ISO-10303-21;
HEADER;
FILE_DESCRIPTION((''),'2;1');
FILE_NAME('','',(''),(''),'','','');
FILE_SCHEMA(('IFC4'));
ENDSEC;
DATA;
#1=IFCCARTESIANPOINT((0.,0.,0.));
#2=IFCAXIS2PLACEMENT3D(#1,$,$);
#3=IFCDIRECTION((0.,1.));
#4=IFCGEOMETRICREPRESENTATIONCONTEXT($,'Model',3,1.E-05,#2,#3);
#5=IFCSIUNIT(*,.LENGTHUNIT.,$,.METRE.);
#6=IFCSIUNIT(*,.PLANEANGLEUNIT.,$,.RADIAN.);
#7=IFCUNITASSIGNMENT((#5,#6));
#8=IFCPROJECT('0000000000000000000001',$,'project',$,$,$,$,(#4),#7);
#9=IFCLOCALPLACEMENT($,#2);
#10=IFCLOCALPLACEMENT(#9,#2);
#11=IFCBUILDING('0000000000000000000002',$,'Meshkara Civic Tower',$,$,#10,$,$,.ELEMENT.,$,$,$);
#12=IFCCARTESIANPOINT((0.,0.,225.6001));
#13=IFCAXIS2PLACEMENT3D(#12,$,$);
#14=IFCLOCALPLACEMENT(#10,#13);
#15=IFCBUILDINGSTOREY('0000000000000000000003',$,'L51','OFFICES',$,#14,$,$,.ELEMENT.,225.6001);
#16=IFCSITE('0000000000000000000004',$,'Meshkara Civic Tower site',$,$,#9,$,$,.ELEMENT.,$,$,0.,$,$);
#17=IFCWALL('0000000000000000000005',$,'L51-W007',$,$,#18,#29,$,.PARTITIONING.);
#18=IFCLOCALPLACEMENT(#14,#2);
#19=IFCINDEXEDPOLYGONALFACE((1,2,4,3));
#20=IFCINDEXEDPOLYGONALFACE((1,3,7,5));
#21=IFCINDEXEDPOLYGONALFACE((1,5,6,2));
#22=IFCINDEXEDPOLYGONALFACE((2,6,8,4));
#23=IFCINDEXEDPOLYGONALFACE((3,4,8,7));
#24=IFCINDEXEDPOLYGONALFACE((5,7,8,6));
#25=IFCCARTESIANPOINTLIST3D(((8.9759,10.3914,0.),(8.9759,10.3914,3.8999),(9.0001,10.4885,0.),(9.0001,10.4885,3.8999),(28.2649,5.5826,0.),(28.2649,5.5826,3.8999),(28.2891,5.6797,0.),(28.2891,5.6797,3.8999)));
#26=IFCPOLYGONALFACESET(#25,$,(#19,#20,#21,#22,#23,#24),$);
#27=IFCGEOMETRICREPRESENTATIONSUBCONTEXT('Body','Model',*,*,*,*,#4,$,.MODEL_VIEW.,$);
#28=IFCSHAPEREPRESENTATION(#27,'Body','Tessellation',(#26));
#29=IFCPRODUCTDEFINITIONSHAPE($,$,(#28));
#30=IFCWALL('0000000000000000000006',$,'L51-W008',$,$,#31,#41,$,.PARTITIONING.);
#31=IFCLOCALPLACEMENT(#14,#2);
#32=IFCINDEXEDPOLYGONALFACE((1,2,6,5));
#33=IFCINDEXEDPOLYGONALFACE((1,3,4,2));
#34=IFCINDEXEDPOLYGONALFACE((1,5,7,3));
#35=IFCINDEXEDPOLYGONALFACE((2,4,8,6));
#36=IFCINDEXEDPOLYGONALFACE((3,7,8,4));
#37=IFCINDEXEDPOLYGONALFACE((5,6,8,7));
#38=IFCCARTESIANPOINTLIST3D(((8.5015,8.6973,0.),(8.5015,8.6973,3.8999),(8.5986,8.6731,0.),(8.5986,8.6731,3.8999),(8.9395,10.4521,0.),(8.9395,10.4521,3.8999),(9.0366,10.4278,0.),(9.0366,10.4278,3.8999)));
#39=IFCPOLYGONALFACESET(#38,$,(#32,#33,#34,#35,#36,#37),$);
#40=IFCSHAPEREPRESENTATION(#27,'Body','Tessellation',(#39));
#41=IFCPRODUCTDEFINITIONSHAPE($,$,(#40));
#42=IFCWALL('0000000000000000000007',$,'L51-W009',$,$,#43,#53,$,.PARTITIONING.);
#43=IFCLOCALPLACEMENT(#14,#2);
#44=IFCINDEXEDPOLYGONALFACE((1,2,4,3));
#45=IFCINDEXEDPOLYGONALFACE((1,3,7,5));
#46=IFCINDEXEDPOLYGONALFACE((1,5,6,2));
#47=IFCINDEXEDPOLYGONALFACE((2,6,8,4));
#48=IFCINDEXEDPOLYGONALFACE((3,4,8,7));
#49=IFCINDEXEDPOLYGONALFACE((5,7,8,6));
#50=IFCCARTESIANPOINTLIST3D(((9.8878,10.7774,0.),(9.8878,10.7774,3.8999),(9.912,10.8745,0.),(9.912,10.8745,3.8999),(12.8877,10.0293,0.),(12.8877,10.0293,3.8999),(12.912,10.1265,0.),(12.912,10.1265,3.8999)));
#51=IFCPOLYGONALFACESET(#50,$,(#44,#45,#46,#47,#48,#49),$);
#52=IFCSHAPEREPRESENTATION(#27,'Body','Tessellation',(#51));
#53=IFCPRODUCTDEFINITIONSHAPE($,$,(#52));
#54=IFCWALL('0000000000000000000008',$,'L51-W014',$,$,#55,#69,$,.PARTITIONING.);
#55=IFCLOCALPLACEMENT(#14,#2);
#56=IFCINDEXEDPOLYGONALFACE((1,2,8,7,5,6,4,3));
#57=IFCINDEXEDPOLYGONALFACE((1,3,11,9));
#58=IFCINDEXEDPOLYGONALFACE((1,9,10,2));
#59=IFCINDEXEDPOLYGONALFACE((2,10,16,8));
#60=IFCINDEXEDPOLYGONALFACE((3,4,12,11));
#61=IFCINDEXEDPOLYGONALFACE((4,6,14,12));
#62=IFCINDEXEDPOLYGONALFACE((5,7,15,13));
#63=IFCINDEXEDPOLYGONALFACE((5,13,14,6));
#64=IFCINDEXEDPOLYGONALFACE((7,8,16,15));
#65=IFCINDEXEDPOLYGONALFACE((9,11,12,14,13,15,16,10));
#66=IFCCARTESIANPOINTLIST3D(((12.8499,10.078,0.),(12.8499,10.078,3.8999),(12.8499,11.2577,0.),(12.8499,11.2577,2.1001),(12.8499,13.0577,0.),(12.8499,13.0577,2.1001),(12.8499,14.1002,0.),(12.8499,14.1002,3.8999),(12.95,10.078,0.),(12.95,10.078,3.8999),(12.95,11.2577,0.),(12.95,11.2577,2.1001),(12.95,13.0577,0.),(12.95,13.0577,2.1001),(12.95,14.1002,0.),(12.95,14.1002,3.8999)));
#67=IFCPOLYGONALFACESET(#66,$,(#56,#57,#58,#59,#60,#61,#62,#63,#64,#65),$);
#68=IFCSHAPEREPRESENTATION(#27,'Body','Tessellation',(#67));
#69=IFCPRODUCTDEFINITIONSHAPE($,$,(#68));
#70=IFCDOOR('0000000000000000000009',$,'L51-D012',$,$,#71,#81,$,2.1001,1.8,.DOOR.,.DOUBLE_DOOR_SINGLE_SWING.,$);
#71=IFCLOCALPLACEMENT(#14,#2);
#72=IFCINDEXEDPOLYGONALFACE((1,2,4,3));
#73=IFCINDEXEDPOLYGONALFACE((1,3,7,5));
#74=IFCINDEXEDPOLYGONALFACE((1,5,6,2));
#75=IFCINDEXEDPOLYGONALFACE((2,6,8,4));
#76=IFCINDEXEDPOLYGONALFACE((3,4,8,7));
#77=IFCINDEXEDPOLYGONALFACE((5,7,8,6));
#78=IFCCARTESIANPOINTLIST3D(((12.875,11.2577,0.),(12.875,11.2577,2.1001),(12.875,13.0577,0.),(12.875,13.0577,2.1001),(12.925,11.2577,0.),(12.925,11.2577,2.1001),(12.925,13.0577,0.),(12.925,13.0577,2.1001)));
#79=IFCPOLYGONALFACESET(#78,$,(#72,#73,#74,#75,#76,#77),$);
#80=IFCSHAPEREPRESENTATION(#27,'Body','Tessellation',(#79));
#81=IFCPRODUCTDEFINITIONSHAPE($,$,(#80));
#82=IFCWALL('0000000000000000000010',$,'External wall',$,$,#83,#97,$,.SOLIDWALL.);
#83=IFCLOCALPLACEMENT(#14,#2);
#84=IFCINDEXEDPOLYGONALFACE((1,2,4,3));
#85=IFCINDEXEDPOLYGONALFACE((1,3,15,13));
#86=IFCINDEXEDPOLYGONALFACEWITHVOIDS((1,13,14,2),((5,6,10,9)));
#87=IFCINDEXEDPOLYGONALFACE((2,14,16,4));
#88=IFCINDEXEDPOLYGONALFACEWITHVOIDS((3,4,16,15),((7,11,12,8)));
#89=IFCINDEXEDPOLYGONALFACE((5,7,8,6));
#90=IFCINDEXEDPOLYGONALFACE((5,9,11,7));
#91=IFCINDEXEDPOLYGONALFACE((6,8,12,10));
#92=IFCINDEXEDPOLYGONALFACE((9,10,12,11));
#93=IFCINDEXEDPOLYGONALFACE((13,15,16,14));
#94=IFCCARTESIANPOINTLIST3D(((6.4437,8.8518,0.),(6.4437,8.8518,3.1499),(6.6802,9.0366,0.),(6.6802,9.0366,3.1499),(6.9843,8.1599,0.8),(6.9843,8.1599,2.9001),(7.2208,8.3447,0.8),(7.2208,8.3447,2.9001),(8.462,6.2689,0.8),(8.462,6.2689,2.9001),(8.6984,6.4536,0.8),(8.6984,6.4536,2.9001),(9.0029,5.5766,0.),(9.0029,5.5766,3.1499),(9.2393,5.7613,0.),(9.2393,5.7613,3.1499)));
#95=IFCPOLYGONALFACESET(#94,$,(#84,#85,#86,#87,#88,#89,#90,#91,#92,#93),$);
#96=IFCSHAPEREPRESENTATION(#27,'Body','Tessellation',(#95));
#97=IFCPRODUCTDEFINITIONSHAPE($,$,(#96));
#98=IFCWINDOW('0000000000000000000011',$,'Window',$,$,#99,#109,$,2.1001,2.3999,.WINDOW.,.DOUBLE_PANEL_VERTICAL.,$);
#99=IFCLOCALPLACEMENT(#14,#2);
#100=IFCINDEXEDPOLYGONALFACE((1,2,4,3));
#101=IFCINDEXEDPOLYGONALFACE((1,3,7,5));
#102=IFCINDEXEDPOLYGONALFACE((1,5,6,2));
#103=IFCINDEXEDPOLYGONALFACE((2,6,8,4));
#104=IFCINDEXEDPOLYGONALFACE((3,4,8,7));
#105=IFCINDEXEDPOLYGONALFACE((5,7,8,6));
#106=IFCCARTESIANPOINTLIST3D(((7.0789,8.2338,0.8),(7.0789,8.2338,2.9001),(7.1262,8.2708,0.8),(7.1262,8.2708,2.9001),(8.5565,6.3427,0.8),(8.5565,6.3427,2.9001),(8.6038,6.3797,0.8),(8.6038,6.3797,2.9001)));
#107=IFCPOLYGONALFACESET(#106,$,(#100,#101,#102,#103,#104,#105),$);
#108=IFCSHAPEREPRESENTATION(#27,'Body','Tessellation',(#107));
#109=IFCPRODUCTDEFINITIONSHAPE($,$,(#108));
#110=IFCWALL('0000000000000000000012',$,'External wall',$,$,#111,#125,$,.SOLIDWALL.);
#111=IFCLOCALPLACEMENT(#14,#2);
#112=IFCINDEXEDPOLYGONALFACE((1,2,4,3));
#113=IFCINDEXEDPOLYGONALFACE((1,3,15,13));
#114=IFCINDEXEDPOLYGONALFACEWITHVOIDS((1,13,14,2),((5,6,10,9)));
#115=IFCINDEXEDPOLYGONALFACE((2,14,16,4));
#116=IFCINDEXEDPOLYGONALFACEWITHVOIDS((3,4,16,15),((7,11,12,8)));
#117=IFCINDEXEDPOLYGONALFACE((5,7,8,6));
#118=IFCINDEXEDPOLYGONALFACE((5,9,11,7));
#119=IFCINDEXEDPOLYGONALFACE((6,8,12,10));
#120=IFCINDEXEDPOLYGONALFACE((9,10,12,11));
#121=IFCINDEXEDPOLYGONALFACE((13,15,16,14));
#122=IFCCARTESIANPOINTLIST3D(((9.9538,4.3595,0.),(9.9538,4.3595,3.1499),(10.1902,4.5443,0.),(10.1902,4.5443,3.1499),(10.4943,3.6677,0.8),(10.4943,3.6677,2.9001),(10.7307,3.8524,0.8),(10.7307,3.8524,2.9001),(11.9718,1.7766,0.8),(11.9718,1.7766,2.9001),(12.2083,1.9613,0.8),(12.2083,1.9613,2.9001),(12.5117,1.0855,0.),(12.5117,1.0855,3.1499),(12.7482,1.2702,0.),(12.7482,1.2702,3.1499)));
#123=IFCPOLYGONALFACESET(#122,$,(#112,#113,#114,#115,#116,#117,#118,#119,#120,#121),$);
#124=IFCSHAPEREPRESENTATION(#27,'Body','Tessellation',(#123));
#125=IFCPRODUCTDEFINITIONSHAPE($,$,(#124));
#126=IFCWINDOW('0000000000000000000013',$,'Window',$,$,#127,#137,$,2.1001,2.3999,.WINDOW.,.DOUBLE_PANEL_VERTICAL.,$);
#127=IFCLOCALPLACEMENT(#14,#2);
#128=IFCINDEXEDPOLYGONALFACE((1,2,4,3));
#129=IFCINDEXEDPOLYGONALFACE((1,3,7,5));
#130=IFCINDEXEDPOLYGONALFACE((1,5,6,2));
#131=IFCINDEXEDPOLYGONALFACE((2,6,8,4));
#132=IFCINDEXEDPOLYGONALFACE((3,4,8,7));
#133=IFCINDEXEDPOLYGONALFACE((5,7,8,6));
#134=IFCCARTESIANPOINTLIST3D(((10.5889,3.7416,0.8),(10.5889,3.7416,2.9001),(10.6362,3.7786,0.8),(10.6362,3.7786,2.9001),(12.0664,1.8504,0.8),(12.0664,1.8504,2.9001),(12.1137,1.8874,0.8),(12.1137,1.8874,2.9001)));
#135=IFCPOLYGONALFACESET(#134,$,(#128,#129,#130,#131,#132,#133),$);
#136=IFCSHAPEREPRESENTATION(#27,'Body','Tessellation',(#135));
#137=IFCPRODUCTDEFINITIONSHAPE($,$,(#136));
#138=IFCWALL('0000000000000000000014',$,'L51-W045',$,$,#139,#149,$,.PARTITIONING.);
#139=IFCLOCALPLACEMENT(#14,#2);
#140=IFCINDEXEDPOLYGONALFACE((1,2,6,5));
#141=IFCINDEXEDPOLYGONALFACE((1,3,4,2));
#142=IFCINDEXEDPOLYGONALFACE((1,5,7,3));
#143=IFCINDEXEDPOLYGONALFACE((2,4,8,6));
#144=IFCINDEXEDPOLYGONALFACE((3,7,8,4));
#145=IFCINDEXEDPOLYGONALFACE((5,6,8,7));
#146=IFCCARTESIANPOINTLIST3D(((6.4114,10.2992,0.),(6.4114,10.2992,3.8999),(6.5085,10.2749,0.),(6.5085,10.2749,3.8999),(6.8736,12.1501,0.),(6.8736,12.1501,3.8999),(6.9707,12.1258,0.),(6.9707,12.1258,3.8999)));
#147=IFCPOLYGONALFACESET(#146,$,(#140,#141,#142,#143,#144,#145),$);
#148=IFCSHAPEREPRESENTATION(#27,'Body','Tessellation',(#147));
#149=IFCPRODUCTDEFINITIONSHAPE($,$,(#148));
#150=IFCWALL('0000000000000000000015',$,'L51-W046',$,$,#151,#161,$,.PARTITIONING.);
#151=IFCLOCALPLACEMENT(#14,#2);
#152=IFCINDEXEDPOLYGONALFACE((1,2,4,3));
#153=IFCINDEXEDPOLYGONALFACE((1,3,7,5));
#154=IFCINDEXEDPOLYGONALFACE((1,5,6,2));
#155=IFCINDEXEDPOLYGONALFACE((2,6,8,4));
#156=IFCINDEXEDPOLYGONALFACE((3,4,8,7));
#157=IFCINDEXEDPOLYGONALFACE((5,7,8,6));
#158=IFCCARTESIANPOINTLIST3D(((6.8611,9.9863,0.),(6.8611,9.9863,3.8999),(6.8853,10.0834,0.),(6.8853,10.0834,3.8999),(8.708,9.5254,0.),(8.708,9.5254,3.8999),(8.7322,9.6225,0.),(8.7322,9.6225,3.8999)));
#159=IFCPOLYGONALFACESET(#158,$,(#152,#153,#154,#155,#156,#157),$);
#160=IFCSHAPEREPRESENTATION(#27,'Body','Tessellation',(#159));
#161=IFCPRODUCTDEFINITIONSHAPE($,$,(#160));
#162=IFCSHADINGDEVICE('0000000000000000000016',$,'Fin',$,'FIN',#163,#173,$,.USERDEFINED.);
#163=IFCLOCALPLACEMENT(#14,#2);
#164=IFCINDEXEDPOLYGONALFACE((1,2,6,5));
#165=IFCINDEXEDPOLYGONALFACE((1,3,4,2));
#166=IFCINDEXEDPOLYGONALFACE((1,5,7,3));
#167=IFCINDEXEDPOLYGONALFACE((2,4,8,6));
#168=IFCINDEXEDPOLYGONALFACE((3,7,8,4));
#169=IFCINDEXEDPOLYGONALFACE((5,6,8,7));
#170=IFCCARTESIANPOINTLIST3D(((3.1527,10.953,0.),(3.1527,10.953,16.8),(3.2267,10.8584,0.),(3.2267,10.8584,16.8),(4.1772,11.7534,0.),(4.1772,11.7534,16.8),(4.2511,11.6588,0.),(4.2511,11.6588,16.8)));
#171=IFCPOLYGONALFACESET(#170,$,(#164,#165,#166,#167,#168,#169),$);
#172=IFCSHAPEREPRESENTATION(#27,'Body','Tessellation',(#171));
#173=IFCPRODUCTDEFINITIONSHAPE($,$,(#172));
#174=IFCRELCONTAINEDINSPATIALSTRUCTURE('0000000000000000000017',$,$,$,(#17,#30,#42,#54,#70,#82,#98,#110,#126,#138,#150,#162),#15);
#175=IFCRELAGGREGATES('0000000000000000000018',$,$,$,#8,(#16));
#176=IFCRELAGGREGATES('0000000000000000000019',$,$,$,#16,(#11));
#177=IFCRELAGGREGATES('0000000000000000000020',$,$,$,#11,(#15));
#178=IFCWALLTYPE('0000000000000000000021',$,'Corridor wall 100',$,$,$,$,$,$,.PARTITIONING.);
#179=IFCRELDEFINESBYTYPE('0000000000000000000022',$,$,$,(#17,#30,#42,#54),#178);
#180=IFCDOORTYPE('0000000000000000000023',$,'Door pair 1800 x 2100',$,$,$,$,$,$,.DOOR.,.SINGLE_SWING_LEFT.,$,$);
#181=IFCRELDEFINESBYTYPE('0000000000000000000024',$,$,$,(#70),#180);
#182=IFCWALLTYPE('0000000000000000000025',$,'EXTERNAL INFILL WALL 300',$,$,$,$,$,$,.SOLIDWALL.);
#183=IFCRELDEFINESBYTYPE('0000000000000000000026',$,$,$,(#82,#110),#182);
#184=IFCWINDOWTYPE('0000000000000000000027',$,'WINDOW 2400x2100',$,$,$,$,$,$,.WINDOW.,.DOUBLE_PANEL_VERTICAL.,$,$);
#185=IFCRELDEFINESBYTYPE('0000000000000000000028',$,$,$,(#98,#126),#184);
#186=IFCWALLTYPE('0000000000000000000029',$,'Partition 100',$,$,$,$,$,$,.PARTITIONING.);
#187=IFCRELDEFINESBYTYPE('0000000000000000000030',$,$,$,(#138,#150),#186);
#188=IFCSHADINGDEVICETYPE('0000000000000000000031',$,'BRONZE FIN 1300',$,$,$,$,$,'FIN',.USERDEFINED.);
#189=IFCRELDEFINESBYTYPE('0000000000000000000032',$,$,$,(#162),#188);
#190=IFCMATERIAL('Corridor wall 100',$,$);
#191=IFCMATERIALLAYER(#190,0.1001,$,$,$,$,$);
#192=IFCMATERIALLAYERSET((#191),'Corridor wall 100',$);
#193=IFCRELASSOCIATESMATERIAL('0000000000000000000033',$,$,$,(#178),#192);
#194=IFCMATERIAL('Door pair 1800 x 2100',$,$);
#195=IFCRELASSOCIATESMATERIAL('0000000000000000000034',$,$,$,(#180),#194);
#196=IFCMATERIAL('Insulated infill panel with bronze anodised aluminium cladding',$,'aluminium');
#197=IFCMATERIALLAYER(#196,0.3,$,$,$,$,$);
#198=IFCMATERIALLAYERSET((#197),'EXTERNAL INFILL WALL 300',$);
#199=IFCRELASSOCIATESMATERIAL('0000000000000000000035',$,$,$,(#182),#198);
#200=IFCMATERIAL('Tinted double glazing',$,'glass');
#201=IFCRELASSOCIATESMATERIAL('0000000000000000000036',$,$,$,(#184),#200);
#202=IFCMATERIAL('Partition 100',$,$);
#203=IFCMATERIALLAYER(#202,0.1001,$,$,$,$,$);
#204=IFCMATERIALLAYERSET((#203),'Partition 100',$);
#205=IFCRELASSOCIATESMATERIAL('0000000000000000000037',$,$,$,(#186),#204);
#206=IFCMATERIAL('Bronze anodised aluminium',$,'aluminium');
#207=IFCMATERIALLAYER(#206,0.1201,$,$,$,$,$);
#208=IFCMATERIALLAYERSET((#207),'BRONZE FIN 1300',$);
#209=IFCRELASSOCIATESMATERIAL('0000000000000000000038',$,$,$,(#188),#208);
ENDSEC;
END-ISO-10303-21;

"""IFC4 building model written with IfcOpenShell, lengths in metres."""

from ifc_helpers import new_model, si_unit, direction, frame, frame_2d, origin, origin_2d, place, context, subcontext, project, spatial, rectangle, extrude, material, layer, layer_set, type_object, element, fill, save


model = new_model("IFC4")

# Units and contexts
model_context = context("Model", 3, precision=1e-05, world=origin(), true_north=direction((0.0, 1.0)))
body_context = subcontext(model_context, "Body", "Model", "MODEL_VIEW")
ifc_project = project(units=[si_unit("LENGTHUNIT", "METRE"), si_unit("PLANEANGLEUNIT", "RADIAN")], contexts=[model_context])

# Site, building, storey
site_placement = place(None, origin())
site = spatial("IfcSite", under=ifc_project, at=site_placement, Name="Meshkara Civic Tower site", CompositionType="ELEMENT", RefElevation=0.0)
building_placement = place(site_placement, origin())
building = spatial("IfcBuilding", under=site, at=building_placement, Name="Meshkara Civic Tower", CompositionType="ELEMENT")
storey_placement = place(building_placement, frame((0.0, 0.0, 225.6001)))
storey = spatial("IfcBuildingStorey", under=building, at=storey_placement, Name="L51", Description="OFFICES", CompositionType="ELEMENT", Elevation=225.6001)

# Shared definitions
ifc_material_1 = material(Name="Corridor wall 100")
ifc_layer_1 = layer(ifc_material_1, 0.1001)
ifc_layer_set_1 = layer_set([ifc_layer_1], Name="Corridor wall 100")
wall_type_1 = type_object("IfcWallType", Name="Corridor wall 100", PredefinedType="PARTITIONING", material=ifc_layer_set_1)

# Shared definitions
ifc_material_2 = material(Name="Door pair 1800 x 2100")
door_type_1 = type_object("IfcDoorType", Name="Door pair 1800 x 2100", OperationType="SINGLE_SWING_LEFT", PredefinedType="DOOR", material=ifc_material_2)

# Walls
wall_1_placement = place(storey_placement, frame((8.988, 10.4399, 0.0), z_axis=(0.0, 0.0, 1.0), x_axis=(0.970301, -0.2419, 0.0)))
element("IfcWall", 1, at=wall_1_placement, inside=storey, type_object=wall_type_1, Name="L51-W007", PredefinedType="PARTITIONING", context=body_context, shape_type="SweptSolid", body=[
    extrude(rectangle(XDim=19.8794, YDim=0.1001, at=frame_2d((9.9397, 0.0))), origin(), (0.0, 0.0, 1.0), 3.8999),
])
wall_2_placement = place(storey_placement, frame((8.988, 10.4399, 0.0), z_axis=(0.0, 0.0, 1.0), x_axis=(-0.242154, -0.970238, 0.0)))
element("IfcWall", 2, at=wall_2_placement, inside=storey, type_object=wall_type_1, Name="L51-W008", PredefinedType="PARTITIONING", context=body_context, shape_type="SweptSolid", body=[
    extrude(rectangle(XDim=1.8086, YDim=0.1001, at=frame_2d((0.9043, 0.0))), origin(), (0.0, 0.0, 1.0), 3.8999),
])
wall_3_placement = place(storey_placement, frame((9.8999, 10.8259, 0.0), z_axis=(0.0, 0.0, 1.0), x_axis=(0.970291, -0.241941, 0.0)))
element("IfcWall", 3, at=wall_3_placement, inside=storey, type_object=wall_type_1, Name="L51-W009", PredefinedType="PARTITIONING", context=body_context, shape_type="SweptSolid", body=[
    extrude(rectangle(XDim=3.0918, YDim=0.1001, at=frame_2d((1.5459, 0.0))), origin(), (0.0, 0.0, 1.0), 3.8999),
])

# Wall, opening, door
wall_4_placement = place(storey_placement, frame((12.8999, 10.0779, 0.0), z_axis=(0.0, 0.0, 1.0), x_axis=(0.0, 1.0, 0.0)))
wall_4 = element("IfcWall", 4, at=wall_4_placement, inside=storey, type_object=wall_type_1, Name="L51-W014", PredefinedType="PARTITIONING", context=body_context, shape_type="SweptSolid", body=[
    extrude(rectangle(XDim=4.0222, YDim=0.1001, at=frame_2d((2.0112, 0.0))), origin(), (0.0, 0.0, 1.0), 3.8999),
])
opening_1_placement = place(wall_4_placement, frame((1.1799, 0.0, 0.0)))
opening_1 = element("IfcOpeningElement", 5, at=opening_1_placement, cuts=wall_4, PredefinedType="OPENING", context=body_context, shape_type="SweptSolid", body=[
    extrude(rectangle(XDim=1.8, YDim=2.1001, at=frame_2d((0.8999, 1.05))), frame((0.0, 0.0601, 0.0), z_axis=(0.0, -1.0, 0.0), x_axis=(1.0, 0.0, 0.0)), (0.0, 0.0, 1.0), 0.1201),
])
door_1_placement = place(opening_1_placement, origin())
door_1 = element("IfcDoor", 6, at=door_1_placement, inside=storey, type_object=door_type_1, Name="L51-D012", OperationType="DOUBLE_DOOR_SINGLE_SWING", OverallHeight=2.1001, OverallWidth=1.8, PredefinedType="DOOR", context=body_context, shape_type="SweptSolid", body=[
    extrude(rectangle(XDim=1.8, YDim=2.1001, at=frame_2d((0.8999, 1.05))), frame((0.0, 0.0249, 0.0), z_axis=(0.0, -1.0, 0.0), x_axis=(1.0, 0.0, 0.0)), (0.0, 0.0, 1.0), 0.05),
])
fill(opening_1, door_1)

# Walls, openings, windows
ifc_material_3 = material(Name="Insulated infill panel with bronze anodised aluminium cladding", Category="aluminium")
ifc_layer_2 = layer(ifc_material_3, 0.3)
ifc_layer_set_2 = layer_set([ifc_layer_2], Name="EXTERNAL INFILL WALL 300")
wall_type_2 = type_object("IfcWallType", Name="EXTERNAL INFILL WALL 300", PredefinedType="SOLIDWALL", material=ifc_layer_set_2)
wall_5_placement = place(storey_placement, frame((6.562, 8.9441, 0.0), z_axis=(0.0, 0.0, 1.0), x_axis=(0.6157, -0.787981, 0.0)))
wall_5 = element("IfcWall", 7, at=wall_5_placement, inside=storey, type_object=wall_type_2, Name="External wall", PredefinedType="SOLIDWALL", context=body_context, shape_type="SweptSolid", body=[
    extrude(rectangle(XDim=4.1565, YDim=0.3, at=frame_2d((2.0781, 0.0))), origin(), (0.0, 0.0, 1.0), 3.1499),
])
opening_2_placement = place(wall_5_placement, frame((0.8779, 0.0, 0.8)))
opening_2 = element("IfcOpeningElement", 8, at=opening_2_placement, cuts=wall_5, PredefinedType="OPENING", context=body_context, shape_type="SweptSolid", body=[
    extrude(rectangle(XDim=2.3999, YDim=2.1001, at=frame_2d((1.2, 1.05))), frame((0.0, 0.1599, 0.0), z_axis=(0.0, -1.0, 0.0), x_axis=(1.0, 0.0, 0.0)), (0.0, 0.0, 1.0), 0.3201),
])
ifc_material_4 = material(Name="Tinted double glazing", Category="glass")
window_type = type_object("IfcWindowType", Name="WINDOW 2400x2100", PartitioningType="DOUBLE_PANEL_VERTICAL", PredefinedType="WINDOW", material=ifc_material_4)
window_1_placement = place(opening_2_placement, origin())
window_1 = element("IfcWindow", 9, at=window_1_placement, inside=storey, type_object=window_type, Name="Window", OverallHeight=2.1001, OverallWidth=2.3999, PartitioningType="DOUBLE_PANEL_VERTICAL", PredefinedType="WINDOW", context=body_context, shape_type="SweptSolid", body=[
    extrude(rectangle(XDim=2.3999, YDim=2.1001, at=frame_2d((1.2, 1.05))), frame((0.0, 0.03, 0.0), z_axis=(0.0, -1.0, 0.0), x_axis=(1.0, 0.0, 0.0)), (0.0, 0.0, 1.0), 0.0601),
])
fill(opening_2, window_1)
wall_6_placement = place(storey_placement, frame((10.072, 4.4519, 0.0), z_axis=(0.0, 0.0, 1.0), x_axis=(0.61566, -0.788012, 0.0)))
wall_6 = element("IfcWall", 10, at=wall_6_placement, inside=storey, type_object=wall_type_2, Name="External wall", PredefinedType="SOLIDWALL", context=body_context, shape_type="SweptSolid", body=[
    extrude(rectangle(XDim=4.1548, YDim=0.3, at=frame_2d((2.0774, 0.0))), origin(), (0.0, 0.0, 1.0), 3.1499),
])
opening_3_placement = place(wall_6_placement, frame((0.8779, 0.0, 0.8)))
opening_3 = element("IfcOpeningElement", 11, at=opening_3_placement, cuts=wall_6, PredefinedType="OPENING", context=body_context, shape_type="SweptSolid", body=[
    extrude(rectangle(XDim=2.3999, YDim=2.1001, at=frame_2d((1.2, 1.05))), frame((0.0, 0.1599, 0.0), z_axis=(0.0, -1.0, 0.0), x_axis=(1.0, 0.0, 0.0)), (0.0, 0.0, 1.0), 0.3201),
])
window_2_placement = place(opening_3_placement, origin())
window_2 = element("IfcWindow", 12, at=window_2_placement, inside=storey, type_object=window_type, Name="Window", OverallHeight=2.1001, OverallWidth=2.3999, PartitioningType="DOUBLE_PANEL_VERTICAL", PredefinedType="WINDOW", context=body_context, shape_type="SweptSolid", body=[
    extrude(rectangle(XDim=2.3999, YDim=2.1001, at=frame_2d((1.2, 1.05))), frame((0.0, 0.03, 0.0), z_axis=(0.0, -1.0, 0.0), x_axis=(1.0, 0.0, 0.0)), (0.0, 0.0, 1.0), 0.0601),
])
fill(opening_3, window_2)

# Walls
ifc_material_5 = material(Name="Partition 100")
ifc_layer_3 = layer(ifc_material_5, 0.1001)
ifc_layer_set_3 = layer_set([ifc_layer_3], Name="Partition 100")
wall_type_3 = type_object("IfcWallType", Name="Partition 100", PredefinedType="PARTITIONING", material=ifc_layer_set_3)
wall_7_placement = place(storey_placement, frame((6.9221, 12.1379, 0.0), z_axis=(0.0, 0.0, 1.0), x_axis=(-0.242265, -0.97021, 0.0)))
element("IfcWall", 13, at=wall_7_placement, inside=storey, type_object=wall_type_3, Name="L51-W045", PredefinedType="PARTITIONING", context=body_context, shape_type="SweptSolid", body=[
    extrude(rectangle(XDim=1.9077, YDim=0.1001, at=frame_2d((0.9539, 0.0))), origin(), (0.0, 0.0, 1.0), 3.8999),
])
wall_8_placement = place(storey_placement, frame((8.72, 9.574, 0.0), z_axis=(0.0, 0.0, 1.0), x_axis=(-0.97024, 0.242143, 0.0)))
element("IfcWall", 14, at=wall_8_placement, inside=storey, type_object=wall_type_3, Name="L51-W046", PredefinedType="PARTITIONING", context=body_context, shape_type="SweptSolid", body=[
    extrude(rectangle(XDim=1.9036, YDim=0.1001, at=frame_2d((0.9517, 0.0))), origin(), (0.0, 0.0, 1.0), 3.8999),
])

# Shading device
ifc_material_6 = material(Name="Bronze anodised aluminium", Category="aluminium")
ifc_layer_4 = layer(ifc_material_6, 0.1201)
ifc_layer_set_4 = layer_set([ifc_layer_4], Name="BRONZE FIN 1300")
shading_device_type = type_object("IfcShadingDeviceType", Name="BRONZE FIN 1300", ElementType="FIN", PredefinedType="USERDEFINED", material=ifc_layer_set_4)
for number, where, z_axis, x_axis, name in (
    (15, (3.7019, 11.3059, 0.0), (0.0, 0.0, 1.0), (0.615661, -0.788011, 0.0), "Fin"),
):
    element("IfcShadingDevice", number, at=place(storey_placement, frame(where, z_axis=z_axis, x_axis=x_axis)), inside=storey, type_object=shading_device_type, Name=name, ObjectType="FIN", PredefinedType="USERDEFINED", context=body_context, shape_type="SweptSolid", body=[
        extrude(rectangle(XDim=0.1201, YDim=1.3, at=origin_2d()), origin(), (0.0, 0.0, 1.0), 16.8),
    ])

save(model, "model.ifc")
